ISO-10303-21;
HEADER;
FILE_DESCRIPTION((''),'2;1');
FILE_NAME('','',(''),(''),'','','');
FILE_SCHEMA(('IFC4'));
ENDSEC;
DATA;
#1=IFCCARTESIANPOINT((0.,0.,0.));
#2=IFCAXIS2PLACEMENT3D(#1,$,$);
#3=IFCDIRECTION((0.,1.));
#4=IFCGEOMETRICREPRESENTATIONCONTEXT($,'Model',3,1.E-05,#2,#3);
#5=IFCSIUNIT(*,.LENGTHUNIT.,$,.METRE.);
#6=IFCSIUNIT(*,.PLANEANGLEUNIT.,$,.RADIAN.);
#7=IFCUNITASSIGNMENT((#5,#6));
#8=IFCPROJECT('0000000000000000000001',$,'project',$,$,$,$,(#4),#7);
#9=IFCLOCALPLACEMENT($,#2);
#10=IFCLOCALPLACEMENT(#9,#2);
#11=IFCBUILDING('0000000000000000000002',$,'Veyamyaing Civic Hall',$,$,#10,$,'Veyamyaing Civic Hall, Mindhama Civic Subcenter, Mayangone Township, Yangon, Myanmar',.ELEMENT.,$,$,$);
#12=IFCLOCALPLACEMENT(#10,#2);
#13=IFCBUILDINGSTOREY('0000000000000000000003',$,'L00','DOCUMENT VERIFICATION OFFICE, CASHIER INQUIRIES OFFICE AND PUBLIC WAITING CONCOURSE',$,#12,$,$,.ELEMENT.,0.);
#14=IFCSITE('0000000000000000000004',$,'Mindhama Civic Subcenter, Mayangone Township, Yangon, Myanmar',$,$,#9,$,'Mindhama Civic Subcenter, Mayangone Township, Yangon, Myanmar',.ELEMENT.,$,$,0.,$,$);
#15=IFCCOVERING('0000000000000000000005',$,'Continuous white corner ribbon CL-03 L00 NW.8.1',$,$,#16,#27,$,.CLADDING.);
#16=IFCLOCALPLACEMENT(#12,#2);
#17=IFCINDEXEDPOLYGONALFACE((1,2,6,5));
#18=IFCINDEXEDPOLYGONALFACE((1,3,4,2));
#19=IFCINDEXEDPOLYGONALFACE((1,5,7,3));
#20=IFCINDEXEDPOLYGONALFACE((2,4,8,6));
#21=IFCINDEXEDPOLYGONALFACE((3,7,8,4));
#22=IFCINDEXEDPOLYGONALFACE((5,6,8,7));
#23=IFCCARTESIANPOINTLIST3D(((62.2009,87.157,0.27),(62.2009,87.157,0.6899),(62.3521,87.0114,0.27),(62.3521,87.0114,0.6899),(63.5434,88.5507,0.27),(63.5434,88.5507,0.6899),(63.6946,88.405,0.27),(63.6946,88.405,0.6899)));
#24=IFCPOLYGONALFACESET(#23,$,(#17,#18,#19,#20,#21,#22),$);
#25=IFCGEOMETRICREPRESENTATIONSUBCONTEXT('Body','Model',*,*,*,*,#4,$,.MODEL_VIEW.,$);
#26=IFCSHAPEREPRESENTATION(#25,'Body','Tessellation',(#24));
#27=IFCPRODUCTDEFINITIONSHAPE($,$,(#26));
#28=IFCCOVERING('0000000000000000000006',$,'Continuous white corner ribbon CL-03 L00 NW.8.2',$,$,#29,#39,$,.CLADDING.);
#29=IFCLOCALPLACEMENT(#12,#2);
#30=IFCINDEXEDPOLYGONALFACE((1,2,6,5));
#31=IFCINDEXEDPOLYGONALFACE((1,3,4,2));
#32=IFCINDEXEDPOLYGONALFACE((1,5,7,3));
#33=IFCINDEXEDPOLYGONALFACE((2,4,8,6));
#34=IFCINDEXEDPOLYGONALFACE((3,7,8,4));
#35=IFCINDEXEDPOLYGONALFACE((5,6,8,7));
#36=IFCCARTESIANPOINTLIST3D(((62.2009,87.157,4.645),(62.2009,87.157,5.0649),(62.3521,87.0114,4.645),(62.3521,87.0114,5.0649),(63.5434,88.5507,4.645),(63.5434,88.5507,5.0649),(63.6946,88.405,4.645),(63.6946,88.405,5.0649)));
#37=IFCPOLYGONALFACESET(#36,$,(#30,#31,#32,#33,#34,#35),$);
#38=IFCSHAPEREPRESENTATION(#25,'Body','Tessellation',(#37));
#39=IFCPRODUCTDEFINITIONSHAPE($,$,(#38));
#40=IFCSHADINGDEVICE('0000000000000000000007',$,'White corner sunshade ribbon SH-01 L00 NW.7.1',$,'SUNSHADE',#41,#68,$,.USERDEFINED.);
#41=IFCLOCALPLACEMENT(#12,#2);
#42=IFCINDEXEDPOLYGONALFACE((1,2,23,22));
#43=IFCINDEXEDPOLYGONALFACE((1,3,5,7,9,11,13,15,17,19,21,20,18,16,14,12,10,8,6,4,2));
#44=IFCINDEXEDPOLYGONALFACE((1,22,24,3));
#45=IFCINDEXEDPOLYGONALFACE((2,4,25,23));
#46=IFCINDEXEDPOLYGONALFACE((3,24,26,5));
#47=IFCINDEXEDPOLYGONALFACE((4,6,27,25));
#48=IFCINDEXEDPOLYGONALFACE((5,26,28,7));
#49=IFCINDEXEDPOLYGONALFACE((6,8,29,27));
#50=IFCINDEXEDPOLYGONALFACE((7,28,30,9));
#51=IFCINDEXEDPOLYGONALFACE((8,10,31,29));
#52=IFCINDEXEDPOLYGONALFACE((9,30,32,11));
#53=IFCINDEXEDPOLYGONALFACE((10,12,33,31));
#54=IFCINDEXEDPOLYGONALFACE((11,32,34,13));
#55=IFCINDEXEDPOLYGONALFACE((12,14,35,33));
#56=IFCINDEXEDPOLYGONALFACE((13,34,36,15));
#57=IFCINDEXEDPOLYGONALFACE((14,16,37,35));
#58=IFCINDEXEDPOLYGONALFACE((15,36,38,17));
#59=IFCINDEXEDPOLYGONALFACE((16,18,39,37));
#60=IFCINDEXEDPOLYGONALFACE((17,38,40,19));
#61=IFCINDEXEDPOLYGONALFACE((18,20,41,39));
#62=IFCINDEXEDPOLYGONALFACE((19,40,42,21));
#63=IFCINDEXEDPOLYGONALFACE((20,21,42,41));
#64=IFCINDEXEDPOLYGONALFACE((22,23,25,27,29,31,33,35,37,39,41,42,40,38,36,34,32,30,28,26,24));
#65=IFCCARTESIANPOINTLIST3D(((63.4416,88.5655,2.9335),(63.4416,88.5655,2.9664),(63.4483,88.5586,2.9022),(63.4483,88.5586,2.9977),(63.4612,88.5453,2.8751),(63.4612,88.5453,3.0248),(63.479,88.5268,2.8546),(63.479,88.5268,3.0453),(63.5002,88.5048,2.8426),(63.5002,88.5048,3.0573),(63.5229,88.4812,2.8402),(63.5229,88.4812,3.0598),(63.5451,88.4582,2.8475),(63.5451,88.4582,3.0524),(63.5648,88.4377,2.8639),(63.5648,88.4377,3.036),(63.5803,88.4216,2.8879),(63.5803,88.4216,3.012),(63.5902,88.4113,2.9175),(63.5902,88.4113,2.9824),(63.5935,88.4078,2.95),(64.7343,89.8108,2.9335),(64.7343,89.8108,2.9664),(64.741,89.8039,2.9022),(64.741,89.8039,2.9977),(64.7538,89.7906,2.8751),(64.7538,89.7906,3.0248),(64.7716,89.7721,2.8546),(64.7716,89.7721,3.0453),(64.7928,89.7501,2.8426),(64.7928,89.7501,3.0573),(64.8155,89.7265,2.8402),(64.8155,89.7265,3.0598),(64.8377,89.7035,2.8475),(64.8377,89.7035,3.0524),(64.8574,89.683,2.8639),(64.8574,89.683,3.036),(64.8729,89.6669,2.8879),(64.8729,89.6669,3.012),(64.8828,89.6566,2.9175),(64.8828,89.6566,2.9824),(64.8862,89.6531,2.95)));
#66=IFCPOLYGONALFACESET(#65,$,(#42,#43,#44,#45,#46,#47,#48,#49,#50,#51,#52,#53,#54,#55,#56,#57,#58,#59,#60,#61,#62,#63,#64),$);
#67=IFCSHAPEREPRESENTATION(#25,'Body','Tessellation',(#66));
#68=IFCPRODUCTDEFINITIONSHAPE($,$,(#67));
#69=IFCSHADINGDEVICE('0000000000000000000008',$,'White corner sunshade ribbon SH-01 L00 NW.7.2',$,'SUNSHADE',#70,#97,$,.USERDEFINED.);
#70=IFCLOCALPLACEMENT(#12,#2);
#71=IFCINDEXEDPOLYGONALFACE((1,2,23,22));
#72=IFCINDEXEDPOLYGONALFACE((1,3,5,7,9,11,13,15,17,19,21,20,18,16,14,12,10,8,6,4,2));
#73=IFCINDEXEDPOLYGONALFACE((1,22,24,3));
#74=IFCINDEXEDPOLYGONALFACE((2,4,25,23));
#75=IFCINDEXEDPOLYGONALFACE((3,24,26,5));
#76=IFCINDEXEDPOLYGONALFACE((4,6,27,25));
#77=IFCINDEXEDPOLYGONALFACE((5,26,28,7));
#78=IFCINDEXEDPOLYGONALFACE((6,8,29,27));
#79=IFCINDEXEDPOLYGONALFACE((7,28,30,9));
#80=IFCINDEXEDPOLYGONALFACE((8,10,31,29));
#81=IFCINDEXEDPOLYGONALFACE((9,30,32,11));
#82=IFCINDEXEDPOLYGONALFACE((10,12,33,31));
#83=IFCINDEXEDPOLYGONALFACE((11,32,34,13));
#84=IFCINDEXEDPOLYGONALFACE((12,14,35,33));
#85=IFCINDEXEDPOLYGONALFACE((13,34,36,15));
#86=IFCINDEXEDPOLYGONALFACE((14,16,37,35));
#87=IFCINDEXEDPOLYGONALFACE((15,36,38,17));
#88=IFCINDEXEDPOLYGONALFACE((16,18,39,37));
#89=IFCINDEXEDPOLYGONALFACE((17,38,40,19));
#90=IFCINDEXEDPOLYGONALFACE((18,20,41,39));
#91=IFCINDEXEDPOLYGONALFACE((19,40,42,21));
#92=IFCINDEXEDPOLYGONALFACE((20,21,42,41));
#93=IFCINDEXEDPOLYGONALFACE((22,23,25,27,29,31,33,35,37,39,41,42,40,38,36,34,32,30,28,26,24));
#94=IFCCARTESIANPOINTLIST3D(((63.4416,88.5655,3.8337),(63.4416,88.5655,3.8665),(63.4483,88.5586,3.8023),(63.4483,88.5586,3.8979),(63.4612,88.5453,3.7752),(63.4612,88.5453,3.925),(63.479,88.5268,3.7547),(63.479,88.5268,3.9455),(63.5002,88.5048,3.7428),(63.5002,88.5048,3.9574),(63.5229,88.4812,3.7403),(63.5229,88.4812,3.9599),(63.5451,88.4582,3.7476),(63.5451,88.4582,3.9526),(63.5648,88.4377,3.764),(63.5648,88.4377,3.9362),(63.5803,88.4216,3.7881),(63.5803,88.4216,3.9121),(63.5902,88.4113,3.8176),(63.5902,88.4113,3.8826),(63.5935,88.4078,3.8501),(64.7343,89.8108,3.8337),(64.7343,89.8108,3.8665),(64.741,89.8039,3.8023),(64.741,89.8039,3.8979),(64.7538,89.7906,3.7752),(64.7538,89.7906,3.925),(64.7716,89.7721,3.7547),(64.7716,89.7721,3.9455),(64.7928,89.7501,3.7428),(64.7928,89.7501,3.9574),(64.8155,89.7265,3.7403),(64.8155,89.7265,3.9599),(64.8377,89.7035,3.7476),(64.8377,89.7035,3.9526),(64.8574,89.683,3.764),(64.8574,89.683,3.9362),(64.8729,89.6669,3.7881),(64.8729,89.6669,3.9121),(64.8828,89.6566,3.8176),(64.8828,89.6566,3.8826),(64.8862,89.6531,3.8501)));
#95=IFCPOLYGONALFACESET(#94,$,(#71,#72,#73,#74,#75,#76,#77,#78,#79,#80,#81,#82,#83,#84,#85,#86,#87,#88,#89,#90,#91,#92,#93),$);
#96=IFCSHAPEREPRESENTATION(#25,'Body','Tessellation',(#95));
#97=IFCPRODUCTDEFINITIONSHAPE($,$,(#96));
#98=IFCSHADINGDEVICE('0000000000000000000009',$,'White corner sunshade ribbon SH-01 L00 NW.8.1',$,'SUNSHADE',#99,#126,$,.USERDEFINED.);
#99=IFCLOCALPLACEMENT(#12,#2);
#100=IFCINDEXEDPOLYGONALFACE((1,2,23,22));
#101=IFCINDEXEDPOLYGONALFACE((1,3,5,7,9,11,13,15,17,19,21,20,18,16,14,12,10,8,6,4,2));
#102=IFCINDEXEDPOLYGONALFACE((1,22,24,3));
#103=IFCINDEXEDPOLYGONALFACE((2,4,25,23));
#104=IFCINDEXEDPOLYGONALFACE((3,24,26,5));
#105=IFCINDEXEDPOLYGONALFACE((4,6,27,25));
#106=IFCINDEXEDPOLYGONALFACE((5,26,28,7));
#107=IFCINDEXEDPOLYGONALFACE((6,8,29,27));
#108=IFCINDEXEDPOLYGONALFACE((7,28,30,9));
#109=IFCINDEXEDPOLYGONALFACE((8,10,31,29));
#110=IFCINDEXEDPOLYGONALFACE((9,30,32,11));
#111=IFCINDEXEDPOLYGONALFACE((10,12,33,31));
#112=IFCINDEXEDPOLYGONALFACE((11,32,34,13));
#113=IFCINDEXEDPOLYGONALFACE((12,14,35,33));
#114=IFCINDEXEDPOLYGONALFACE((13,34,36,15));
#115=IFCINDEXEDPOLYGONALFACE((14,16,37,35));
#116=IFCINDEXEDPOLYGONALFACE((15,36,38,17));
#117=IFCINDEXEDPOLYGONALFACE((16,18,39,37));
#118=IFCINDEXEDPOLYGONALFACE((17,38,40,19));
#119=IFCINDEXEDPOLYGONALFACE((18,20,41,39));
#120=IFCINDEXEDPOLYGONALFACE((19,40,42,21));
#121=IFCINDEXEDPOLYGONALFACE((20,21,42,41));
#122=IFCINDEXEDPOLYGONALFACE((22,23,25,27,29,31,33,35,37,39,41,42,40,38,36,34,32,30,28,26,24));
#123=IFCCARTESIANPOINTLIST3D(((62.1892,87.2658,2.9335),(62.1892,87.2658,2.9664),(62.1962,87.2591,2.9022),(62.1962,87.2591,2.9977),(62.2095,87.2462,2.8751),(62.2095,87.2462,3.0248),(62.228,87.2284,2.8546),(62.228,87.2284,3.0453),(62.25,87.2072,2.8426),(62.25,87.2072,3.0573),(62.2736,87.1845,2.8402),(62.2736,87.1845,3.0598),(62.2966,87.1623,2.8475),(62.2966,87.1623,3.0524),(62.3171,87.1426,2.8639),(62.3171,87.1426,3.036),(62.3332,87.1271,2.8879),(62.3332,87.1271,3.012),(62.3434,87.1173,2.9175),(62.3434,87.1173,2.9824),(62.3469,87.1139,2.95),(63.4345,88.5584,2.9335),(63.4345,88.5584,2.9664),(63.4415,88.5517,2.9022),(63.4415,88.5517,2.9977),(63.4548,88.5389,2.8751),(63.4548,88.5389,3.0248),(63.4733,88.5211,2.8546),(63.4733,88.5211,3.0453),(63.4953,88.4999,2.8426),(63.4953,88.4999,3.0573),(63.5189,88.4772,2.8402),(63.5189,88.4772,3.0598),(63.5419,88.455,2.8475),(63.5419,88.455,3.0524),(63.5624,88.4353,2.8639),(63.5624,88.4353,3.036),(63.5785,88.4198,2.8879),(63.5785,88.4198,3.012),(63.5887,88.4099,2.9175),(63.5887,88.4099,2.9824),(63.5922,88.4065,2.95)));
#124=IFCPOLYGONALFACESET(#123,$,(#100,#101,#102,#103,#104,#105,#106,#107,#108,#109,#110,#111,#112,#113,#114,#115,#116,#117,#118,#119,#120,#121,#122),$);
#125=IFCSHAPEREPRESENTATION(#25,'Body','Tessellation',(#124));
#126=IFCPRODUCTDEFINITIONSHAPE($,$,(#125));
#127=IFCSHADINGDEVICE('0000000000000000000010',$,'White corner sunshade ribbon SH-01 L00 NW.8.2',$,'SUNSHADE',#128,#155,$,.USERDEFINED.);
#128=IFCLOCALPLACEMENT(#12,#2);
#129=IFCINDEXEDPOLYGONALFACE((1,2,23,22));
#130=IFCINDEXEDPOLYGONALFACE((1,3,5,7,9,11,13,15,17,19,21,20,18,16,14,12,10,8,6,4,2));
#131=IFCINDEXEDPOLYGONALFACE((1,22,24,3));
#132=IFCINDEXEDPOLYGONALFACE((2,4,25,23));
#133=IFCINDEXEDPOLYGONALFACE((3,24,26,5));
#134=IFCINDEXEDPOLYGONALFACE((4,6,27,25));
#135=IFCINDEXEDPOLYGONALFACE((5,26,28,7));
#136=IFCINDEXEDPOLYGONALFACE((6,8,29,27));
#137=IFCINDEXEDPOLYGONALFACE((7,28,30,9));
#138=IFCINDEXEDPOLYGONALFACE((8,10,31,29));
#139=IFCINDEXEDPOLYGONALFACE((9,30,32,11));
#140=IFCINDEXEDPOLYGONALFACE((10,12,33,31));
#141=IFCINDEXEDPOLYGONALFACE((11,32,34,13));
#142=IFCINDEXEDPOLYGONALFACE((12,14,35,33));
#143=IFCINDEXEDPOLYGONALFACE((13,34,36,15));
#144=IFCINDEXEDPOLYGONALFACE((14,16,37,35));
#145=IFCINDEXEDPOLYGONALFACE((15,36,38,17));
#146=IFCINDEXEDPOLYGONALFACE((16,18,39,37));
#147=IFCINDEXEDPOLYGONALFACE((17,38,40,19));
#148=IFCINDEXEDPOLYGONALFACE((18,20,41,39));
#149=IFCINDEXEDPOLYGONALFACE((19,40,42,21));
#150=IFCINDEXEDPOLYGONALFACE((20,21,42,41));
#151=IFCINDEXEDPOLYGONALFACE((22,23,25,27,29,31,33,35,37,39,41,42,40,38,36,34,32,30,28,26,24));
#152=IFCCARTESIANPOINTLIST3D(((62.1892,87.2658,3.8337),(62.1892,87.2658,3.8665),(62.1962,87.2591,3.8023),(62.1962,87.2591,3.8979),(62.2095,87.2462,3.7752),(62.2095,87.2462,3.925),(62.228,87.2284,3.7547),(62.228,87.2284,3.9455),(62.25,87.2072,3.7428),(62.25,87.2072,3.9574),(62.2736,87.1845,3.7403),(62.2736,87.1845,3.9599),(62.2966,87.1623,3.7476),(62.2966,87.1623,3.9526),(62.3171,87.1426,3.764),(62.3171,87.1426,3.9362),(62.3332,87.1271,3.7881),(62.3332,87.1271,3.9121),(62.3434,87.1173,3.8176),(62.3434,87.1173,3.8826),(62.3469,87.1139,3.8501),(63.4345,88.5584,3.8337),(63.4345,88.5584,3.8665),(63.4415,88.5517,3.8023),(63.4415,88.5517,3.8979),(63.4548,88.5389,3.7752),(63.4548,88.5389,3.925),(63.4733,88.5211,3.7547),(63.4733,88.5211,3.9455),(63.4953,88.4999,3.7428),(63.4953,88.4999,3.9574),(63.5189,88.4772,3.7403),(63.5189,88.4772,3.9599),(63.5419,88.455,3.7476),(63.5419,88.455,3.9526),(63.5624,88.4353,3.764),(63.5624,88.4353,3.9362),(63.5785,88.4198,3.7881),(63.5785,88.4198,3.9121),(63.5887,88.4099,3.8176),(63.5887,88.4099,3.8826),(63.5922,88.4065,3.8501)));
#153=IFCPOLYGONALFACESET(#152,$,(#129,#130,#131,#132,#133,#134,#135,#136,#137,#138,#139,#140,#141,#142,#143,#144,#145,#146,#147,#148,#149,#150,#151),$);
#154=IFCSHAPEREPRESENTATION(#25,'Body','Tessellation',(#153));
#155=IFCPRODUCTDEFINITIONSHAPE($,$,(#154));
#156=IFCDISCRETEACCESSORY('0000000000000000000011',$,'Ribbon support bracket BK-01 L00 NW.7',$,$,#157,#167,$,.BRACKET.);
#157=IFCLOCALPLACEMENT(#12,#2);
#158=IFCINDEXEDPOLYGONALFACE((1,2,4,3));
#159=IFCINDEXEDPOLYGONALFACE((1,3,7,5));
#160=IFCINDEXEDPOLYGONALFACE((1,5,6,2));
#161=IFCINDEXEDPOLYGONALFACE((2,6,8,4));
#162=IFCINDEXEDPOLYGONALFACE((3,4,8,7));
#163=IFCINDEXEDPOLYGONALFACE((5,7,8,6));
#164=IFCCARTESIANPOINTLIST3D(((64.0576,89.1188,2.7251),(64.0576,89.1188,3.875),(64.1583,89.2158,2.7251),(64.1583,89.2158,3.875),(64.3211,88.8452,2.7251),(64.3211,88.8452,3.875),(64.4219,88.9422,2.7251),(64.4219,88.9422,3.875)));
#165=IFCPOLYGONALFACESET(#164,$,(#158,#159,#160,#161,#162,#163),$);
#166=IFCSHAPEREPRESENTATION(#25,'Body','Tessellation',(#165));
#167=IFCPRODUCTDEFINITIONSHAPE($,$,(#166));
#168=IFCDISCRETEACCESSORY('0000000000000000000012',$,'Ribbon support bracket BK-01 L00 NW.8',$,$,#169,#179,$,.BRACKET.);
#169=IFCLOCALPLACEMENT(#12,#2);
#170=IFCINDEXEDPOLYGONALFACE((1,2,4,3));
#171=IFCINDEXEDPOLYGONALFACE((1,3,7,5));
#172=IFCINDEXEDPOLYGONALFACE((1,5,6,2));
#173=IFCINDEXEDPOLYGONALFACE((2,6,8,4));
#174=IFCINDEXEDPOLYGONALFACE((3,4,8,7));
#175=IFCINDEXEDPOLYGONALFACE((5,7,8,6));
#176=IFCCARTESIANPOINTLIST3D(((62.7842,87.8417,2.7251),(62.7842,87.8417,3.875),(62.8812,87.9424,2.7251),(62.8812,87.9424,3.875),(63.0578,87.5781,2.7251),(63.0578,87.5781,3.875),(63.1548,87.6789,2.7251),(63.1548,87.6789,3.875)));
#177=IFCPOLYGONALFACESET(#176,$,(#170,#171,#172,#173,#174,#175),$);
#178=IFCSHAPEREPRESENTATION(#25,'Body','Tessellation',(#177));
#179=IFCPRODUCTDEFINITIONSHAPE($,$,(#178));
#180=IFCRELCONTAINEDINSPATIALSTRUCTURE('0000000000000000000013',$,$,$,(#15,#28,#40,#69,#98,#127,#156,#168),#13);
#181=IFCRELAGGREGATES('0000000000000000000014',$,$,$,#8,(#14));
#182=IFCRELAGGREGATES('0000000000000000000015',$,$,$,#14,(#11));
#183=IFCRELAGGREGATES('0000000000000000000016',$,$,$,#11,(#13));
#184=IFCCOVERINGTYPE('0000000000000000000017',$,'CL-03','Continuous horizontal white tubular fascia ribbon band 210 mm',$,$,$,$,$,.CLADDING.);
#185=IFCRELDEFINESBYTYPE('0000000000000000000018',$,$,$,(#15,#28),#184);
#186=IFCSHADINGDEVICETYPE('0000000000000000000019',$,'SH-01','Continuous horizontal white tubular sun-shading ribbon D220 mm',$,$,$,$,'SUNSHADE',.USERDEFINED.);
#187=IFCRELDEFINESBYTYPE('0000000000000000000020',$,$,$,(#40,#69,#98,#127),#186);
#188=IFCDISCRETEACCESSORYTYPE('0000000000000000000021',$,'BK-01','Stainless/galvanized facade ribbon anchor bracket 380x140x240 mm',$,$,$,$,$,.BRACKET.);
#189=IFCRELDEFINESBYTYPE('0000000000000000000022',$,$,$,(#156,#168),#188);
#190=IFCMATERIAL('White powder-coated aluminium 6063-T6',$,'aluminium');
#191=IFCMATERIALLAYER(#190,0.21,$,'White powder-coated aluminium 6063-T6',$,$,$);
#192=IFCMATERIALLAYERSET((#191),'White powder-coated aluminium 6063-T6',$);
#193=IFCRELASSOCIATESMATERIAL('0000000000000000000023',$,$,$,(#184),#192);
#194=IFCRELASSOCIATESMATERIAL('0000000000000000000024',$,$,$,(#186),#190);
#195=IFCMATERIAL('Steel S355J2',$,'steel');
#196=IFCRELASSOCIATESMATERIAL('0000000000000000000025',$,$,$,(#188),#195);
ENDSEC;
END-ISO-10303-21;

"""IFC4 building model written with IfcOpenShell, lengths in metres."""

from ifc_helpers import new_model, si_unit, direction, frame, origin, origin_2d, place, context, subcontext, project, spatial, rectangle, circle, extrude, material, layer, layer_set, material_profile, profile_set, type_object, element, save


model = new_model("IFC4")

# Units and contexts
model_context = context("Model", 3, precision=1e-05, world=origin(), true_north=direction((0.0, 1.0)))
body_context = subcontext(model_context, "Body", "Model", "MODEL_VIEW")
ifc_project = project(units=[si_unit("LENGTHUNIT", "METRE"), si_unit("PLANEANGLEUNIT", "RADIAN")], contexts=[model_context])

# Site, building, storey
site_placement = place(None, origin())
site = spatial("IfcSite", under=ifc_project, at=site_placement, Name="Mindhama Civic Subcenter, Mayangone Township, Yangon, Myanmar", LongName="Mindhama Civic Subcenter, Mayangone Township, Yangon, Myanmar", CompositionType="ELEMENT", RefElevation=0.0)
building_placement = place(site_placement, origin())
building = spatial("IfcBuilding", under=site, at=building_placement, Name="Veyamyaing Civic Hall", LongName="Veyamyaing Civic Hall, Mindhama Civic Subcenter, Mayangone Township, Yangon, Myanmar", CompositionType="ELEMENT")
storey_placement = place(building_placement, origin())
storey = spatial("IfcBuildingStorey", under=building, at=storey_placement, Name="L00", Description="DOCUMENT VERIFICATION OFFICE, CASHIER INQUIRIES OFFICE AND PUBLIC WAITING CONCOURSE", CompositionType="ELEMENT", Elevation=0.0)

# Coverings
ifc_material_1 = material(Name="White powder-coated aluminium 6063-T6", Category="aluminium")
ifc_layer_1 = layer(ifc_material_1, 0.21, Name="White powder-coated aluminium 6063-T6")
ifc_layer_set_1 = layer_set([ifc_layer_1], Name="White powder-coated aluminium 6063-T6")
covering_type = type_object("IfcCoveringType", Name="CL-03", Description="Continuous horizontal white tubular fascia ribbon band 210 mm", PredefinedType="CLADDING", material=ifc_layer_set_1)
for number, where, z_axis, x_axis, name in (
    (1, (62.9478, 87.781, 0.27), (0.0, 0.0, 1.0), (-0.693761, -0.720205, 0.0), "Continuous white corner ribbon CL-03 L00 NW.8.1"),
    (2, (62.9478, 87.781, 4.645), (0.0, 0.0, 1.0), (-0.693761, -0.720205, 0.0), "Continuous white corner ribbon CL-03 L00 NW.8.2"),
):
    element("IfcCovering", number, at=place(storey_placement, frame(where, z_axis=z_axis, x_axis=x_axis)), inside=storey, type_object=covering_type, Name=name, PredefinedType="CLADDING", context=body_context, shape_type="SweptSolid", body=[
        extrude(rectangle(XDim=1.9351, YDim=0.21, at=origin_2d()), origin(), (0.0, 0.0, 1.0), 0.4199),
    ])

# Shading devices
ifc_material_profile = material_profile(ifc_material_1, circle(Radius=0.1101, at=origin_2d()), Name="SHADE-TUBE-220")
ifc_profile_set = profile_set([ifc_material_profile], Name="White powder-coated aluminium 6063-T6")
shading_device_type = type_object("IfcShadingDeviceType", Name="SH-01", Description="Continuous horizontal white tubular sun-shading ribbon D220 mm", ElementType="SUNSHADE", PredefinedType="USERDEFINED", material=ifc_profile_set)
for number, where, z_axis, x_axis, name in (
    (3, (64.8098, 89.7324, 2.95), (-0.720177, -0.693791, 0.0), (0.693791, -0.720177, 0.0), "White corner sunshade ribbon SH-01 L00 NW.7.1"),
    (4, (64.8098, 89.7324, 3.8501), (-0.720177, -0.693791, 0.0), (0.693791, -0.720177, 0.0), "White corner sunshade ribbon SH-01 L00 NW.7.2"),
    (5, (63.5129, 88.4829, 2.95), (-0.693791, -0.720177, 0.0), (0.720177, -0.693791, 0.0), "White corner sunshade ribbon SH-01 L00 NW.8.1"),
    (6, (63.5129, 88.4829, 3.8501), (-0.693791, -0.720177, 0.0), (0.720177, -0.693791, 0.0), "White corner sunshade ribbon SH-01 L00 NW.8.2"),
):
    element("IfcShadingDevice", number, at=place(storey_placement, frame(where, z_axis=z_axis, x_axis=x_axis)), inside=storey, type_object=shading_device_type, Name=name, ObjectType="SUNSHADE", PredefinedType="USERDEFINED", context=body_context, shape_type="SweptSolid", body=[
        extrude(circle(Radius=0.1101, at=origin_2d()), origin(), (0.0, 0.0, 1.0), 1.7949),
    ])

# Discrete accessories
ifc_material_2 = material(Name="Steel S355J2", Category="steel")
discrete_accessory_type = type_object("IfcDiscreteAccessoryType", Name="BK-01", Description="Stainless/galvanized facade ribbon anchor bracket 380x140x240 mm", PredefinedType="BRACKET", material=ifc_material_2)
for number, where, z_axis, x_axis, name in (
    (7, (64.2397, 89.0305, 2.7251), (0.0, 0.0, 1.0), (-0.693761, 0.720205, 0.0), "Ribbon support bracket BK-01 L00 NW.7"),
    (8, (62.9695, 87.7603, 2.7251), (0.0, 0.0, 1.0), (-0.720205, 0.693761, 0.0), "Ribbon support bracket BK-01 L00 NW.8"),
):
    element("IfcDiscreteAccessory", number, at=place(storey_placement, frame(where, z_axis=z_axis, x_axis=x_axis)), inside=storey, type_object=discrete_accessory_type, Name=name, PredefinedType="BRACKET", context=body_context, shape_type="SweptSolid", body=[
        extrude(rectangle(XDim=0.3799, YDim=0.1399, at=origin_2d()), origin(), (0.0, 0.0, 1.0), 1.1499),
    ])

save(model, "model.ifc")
